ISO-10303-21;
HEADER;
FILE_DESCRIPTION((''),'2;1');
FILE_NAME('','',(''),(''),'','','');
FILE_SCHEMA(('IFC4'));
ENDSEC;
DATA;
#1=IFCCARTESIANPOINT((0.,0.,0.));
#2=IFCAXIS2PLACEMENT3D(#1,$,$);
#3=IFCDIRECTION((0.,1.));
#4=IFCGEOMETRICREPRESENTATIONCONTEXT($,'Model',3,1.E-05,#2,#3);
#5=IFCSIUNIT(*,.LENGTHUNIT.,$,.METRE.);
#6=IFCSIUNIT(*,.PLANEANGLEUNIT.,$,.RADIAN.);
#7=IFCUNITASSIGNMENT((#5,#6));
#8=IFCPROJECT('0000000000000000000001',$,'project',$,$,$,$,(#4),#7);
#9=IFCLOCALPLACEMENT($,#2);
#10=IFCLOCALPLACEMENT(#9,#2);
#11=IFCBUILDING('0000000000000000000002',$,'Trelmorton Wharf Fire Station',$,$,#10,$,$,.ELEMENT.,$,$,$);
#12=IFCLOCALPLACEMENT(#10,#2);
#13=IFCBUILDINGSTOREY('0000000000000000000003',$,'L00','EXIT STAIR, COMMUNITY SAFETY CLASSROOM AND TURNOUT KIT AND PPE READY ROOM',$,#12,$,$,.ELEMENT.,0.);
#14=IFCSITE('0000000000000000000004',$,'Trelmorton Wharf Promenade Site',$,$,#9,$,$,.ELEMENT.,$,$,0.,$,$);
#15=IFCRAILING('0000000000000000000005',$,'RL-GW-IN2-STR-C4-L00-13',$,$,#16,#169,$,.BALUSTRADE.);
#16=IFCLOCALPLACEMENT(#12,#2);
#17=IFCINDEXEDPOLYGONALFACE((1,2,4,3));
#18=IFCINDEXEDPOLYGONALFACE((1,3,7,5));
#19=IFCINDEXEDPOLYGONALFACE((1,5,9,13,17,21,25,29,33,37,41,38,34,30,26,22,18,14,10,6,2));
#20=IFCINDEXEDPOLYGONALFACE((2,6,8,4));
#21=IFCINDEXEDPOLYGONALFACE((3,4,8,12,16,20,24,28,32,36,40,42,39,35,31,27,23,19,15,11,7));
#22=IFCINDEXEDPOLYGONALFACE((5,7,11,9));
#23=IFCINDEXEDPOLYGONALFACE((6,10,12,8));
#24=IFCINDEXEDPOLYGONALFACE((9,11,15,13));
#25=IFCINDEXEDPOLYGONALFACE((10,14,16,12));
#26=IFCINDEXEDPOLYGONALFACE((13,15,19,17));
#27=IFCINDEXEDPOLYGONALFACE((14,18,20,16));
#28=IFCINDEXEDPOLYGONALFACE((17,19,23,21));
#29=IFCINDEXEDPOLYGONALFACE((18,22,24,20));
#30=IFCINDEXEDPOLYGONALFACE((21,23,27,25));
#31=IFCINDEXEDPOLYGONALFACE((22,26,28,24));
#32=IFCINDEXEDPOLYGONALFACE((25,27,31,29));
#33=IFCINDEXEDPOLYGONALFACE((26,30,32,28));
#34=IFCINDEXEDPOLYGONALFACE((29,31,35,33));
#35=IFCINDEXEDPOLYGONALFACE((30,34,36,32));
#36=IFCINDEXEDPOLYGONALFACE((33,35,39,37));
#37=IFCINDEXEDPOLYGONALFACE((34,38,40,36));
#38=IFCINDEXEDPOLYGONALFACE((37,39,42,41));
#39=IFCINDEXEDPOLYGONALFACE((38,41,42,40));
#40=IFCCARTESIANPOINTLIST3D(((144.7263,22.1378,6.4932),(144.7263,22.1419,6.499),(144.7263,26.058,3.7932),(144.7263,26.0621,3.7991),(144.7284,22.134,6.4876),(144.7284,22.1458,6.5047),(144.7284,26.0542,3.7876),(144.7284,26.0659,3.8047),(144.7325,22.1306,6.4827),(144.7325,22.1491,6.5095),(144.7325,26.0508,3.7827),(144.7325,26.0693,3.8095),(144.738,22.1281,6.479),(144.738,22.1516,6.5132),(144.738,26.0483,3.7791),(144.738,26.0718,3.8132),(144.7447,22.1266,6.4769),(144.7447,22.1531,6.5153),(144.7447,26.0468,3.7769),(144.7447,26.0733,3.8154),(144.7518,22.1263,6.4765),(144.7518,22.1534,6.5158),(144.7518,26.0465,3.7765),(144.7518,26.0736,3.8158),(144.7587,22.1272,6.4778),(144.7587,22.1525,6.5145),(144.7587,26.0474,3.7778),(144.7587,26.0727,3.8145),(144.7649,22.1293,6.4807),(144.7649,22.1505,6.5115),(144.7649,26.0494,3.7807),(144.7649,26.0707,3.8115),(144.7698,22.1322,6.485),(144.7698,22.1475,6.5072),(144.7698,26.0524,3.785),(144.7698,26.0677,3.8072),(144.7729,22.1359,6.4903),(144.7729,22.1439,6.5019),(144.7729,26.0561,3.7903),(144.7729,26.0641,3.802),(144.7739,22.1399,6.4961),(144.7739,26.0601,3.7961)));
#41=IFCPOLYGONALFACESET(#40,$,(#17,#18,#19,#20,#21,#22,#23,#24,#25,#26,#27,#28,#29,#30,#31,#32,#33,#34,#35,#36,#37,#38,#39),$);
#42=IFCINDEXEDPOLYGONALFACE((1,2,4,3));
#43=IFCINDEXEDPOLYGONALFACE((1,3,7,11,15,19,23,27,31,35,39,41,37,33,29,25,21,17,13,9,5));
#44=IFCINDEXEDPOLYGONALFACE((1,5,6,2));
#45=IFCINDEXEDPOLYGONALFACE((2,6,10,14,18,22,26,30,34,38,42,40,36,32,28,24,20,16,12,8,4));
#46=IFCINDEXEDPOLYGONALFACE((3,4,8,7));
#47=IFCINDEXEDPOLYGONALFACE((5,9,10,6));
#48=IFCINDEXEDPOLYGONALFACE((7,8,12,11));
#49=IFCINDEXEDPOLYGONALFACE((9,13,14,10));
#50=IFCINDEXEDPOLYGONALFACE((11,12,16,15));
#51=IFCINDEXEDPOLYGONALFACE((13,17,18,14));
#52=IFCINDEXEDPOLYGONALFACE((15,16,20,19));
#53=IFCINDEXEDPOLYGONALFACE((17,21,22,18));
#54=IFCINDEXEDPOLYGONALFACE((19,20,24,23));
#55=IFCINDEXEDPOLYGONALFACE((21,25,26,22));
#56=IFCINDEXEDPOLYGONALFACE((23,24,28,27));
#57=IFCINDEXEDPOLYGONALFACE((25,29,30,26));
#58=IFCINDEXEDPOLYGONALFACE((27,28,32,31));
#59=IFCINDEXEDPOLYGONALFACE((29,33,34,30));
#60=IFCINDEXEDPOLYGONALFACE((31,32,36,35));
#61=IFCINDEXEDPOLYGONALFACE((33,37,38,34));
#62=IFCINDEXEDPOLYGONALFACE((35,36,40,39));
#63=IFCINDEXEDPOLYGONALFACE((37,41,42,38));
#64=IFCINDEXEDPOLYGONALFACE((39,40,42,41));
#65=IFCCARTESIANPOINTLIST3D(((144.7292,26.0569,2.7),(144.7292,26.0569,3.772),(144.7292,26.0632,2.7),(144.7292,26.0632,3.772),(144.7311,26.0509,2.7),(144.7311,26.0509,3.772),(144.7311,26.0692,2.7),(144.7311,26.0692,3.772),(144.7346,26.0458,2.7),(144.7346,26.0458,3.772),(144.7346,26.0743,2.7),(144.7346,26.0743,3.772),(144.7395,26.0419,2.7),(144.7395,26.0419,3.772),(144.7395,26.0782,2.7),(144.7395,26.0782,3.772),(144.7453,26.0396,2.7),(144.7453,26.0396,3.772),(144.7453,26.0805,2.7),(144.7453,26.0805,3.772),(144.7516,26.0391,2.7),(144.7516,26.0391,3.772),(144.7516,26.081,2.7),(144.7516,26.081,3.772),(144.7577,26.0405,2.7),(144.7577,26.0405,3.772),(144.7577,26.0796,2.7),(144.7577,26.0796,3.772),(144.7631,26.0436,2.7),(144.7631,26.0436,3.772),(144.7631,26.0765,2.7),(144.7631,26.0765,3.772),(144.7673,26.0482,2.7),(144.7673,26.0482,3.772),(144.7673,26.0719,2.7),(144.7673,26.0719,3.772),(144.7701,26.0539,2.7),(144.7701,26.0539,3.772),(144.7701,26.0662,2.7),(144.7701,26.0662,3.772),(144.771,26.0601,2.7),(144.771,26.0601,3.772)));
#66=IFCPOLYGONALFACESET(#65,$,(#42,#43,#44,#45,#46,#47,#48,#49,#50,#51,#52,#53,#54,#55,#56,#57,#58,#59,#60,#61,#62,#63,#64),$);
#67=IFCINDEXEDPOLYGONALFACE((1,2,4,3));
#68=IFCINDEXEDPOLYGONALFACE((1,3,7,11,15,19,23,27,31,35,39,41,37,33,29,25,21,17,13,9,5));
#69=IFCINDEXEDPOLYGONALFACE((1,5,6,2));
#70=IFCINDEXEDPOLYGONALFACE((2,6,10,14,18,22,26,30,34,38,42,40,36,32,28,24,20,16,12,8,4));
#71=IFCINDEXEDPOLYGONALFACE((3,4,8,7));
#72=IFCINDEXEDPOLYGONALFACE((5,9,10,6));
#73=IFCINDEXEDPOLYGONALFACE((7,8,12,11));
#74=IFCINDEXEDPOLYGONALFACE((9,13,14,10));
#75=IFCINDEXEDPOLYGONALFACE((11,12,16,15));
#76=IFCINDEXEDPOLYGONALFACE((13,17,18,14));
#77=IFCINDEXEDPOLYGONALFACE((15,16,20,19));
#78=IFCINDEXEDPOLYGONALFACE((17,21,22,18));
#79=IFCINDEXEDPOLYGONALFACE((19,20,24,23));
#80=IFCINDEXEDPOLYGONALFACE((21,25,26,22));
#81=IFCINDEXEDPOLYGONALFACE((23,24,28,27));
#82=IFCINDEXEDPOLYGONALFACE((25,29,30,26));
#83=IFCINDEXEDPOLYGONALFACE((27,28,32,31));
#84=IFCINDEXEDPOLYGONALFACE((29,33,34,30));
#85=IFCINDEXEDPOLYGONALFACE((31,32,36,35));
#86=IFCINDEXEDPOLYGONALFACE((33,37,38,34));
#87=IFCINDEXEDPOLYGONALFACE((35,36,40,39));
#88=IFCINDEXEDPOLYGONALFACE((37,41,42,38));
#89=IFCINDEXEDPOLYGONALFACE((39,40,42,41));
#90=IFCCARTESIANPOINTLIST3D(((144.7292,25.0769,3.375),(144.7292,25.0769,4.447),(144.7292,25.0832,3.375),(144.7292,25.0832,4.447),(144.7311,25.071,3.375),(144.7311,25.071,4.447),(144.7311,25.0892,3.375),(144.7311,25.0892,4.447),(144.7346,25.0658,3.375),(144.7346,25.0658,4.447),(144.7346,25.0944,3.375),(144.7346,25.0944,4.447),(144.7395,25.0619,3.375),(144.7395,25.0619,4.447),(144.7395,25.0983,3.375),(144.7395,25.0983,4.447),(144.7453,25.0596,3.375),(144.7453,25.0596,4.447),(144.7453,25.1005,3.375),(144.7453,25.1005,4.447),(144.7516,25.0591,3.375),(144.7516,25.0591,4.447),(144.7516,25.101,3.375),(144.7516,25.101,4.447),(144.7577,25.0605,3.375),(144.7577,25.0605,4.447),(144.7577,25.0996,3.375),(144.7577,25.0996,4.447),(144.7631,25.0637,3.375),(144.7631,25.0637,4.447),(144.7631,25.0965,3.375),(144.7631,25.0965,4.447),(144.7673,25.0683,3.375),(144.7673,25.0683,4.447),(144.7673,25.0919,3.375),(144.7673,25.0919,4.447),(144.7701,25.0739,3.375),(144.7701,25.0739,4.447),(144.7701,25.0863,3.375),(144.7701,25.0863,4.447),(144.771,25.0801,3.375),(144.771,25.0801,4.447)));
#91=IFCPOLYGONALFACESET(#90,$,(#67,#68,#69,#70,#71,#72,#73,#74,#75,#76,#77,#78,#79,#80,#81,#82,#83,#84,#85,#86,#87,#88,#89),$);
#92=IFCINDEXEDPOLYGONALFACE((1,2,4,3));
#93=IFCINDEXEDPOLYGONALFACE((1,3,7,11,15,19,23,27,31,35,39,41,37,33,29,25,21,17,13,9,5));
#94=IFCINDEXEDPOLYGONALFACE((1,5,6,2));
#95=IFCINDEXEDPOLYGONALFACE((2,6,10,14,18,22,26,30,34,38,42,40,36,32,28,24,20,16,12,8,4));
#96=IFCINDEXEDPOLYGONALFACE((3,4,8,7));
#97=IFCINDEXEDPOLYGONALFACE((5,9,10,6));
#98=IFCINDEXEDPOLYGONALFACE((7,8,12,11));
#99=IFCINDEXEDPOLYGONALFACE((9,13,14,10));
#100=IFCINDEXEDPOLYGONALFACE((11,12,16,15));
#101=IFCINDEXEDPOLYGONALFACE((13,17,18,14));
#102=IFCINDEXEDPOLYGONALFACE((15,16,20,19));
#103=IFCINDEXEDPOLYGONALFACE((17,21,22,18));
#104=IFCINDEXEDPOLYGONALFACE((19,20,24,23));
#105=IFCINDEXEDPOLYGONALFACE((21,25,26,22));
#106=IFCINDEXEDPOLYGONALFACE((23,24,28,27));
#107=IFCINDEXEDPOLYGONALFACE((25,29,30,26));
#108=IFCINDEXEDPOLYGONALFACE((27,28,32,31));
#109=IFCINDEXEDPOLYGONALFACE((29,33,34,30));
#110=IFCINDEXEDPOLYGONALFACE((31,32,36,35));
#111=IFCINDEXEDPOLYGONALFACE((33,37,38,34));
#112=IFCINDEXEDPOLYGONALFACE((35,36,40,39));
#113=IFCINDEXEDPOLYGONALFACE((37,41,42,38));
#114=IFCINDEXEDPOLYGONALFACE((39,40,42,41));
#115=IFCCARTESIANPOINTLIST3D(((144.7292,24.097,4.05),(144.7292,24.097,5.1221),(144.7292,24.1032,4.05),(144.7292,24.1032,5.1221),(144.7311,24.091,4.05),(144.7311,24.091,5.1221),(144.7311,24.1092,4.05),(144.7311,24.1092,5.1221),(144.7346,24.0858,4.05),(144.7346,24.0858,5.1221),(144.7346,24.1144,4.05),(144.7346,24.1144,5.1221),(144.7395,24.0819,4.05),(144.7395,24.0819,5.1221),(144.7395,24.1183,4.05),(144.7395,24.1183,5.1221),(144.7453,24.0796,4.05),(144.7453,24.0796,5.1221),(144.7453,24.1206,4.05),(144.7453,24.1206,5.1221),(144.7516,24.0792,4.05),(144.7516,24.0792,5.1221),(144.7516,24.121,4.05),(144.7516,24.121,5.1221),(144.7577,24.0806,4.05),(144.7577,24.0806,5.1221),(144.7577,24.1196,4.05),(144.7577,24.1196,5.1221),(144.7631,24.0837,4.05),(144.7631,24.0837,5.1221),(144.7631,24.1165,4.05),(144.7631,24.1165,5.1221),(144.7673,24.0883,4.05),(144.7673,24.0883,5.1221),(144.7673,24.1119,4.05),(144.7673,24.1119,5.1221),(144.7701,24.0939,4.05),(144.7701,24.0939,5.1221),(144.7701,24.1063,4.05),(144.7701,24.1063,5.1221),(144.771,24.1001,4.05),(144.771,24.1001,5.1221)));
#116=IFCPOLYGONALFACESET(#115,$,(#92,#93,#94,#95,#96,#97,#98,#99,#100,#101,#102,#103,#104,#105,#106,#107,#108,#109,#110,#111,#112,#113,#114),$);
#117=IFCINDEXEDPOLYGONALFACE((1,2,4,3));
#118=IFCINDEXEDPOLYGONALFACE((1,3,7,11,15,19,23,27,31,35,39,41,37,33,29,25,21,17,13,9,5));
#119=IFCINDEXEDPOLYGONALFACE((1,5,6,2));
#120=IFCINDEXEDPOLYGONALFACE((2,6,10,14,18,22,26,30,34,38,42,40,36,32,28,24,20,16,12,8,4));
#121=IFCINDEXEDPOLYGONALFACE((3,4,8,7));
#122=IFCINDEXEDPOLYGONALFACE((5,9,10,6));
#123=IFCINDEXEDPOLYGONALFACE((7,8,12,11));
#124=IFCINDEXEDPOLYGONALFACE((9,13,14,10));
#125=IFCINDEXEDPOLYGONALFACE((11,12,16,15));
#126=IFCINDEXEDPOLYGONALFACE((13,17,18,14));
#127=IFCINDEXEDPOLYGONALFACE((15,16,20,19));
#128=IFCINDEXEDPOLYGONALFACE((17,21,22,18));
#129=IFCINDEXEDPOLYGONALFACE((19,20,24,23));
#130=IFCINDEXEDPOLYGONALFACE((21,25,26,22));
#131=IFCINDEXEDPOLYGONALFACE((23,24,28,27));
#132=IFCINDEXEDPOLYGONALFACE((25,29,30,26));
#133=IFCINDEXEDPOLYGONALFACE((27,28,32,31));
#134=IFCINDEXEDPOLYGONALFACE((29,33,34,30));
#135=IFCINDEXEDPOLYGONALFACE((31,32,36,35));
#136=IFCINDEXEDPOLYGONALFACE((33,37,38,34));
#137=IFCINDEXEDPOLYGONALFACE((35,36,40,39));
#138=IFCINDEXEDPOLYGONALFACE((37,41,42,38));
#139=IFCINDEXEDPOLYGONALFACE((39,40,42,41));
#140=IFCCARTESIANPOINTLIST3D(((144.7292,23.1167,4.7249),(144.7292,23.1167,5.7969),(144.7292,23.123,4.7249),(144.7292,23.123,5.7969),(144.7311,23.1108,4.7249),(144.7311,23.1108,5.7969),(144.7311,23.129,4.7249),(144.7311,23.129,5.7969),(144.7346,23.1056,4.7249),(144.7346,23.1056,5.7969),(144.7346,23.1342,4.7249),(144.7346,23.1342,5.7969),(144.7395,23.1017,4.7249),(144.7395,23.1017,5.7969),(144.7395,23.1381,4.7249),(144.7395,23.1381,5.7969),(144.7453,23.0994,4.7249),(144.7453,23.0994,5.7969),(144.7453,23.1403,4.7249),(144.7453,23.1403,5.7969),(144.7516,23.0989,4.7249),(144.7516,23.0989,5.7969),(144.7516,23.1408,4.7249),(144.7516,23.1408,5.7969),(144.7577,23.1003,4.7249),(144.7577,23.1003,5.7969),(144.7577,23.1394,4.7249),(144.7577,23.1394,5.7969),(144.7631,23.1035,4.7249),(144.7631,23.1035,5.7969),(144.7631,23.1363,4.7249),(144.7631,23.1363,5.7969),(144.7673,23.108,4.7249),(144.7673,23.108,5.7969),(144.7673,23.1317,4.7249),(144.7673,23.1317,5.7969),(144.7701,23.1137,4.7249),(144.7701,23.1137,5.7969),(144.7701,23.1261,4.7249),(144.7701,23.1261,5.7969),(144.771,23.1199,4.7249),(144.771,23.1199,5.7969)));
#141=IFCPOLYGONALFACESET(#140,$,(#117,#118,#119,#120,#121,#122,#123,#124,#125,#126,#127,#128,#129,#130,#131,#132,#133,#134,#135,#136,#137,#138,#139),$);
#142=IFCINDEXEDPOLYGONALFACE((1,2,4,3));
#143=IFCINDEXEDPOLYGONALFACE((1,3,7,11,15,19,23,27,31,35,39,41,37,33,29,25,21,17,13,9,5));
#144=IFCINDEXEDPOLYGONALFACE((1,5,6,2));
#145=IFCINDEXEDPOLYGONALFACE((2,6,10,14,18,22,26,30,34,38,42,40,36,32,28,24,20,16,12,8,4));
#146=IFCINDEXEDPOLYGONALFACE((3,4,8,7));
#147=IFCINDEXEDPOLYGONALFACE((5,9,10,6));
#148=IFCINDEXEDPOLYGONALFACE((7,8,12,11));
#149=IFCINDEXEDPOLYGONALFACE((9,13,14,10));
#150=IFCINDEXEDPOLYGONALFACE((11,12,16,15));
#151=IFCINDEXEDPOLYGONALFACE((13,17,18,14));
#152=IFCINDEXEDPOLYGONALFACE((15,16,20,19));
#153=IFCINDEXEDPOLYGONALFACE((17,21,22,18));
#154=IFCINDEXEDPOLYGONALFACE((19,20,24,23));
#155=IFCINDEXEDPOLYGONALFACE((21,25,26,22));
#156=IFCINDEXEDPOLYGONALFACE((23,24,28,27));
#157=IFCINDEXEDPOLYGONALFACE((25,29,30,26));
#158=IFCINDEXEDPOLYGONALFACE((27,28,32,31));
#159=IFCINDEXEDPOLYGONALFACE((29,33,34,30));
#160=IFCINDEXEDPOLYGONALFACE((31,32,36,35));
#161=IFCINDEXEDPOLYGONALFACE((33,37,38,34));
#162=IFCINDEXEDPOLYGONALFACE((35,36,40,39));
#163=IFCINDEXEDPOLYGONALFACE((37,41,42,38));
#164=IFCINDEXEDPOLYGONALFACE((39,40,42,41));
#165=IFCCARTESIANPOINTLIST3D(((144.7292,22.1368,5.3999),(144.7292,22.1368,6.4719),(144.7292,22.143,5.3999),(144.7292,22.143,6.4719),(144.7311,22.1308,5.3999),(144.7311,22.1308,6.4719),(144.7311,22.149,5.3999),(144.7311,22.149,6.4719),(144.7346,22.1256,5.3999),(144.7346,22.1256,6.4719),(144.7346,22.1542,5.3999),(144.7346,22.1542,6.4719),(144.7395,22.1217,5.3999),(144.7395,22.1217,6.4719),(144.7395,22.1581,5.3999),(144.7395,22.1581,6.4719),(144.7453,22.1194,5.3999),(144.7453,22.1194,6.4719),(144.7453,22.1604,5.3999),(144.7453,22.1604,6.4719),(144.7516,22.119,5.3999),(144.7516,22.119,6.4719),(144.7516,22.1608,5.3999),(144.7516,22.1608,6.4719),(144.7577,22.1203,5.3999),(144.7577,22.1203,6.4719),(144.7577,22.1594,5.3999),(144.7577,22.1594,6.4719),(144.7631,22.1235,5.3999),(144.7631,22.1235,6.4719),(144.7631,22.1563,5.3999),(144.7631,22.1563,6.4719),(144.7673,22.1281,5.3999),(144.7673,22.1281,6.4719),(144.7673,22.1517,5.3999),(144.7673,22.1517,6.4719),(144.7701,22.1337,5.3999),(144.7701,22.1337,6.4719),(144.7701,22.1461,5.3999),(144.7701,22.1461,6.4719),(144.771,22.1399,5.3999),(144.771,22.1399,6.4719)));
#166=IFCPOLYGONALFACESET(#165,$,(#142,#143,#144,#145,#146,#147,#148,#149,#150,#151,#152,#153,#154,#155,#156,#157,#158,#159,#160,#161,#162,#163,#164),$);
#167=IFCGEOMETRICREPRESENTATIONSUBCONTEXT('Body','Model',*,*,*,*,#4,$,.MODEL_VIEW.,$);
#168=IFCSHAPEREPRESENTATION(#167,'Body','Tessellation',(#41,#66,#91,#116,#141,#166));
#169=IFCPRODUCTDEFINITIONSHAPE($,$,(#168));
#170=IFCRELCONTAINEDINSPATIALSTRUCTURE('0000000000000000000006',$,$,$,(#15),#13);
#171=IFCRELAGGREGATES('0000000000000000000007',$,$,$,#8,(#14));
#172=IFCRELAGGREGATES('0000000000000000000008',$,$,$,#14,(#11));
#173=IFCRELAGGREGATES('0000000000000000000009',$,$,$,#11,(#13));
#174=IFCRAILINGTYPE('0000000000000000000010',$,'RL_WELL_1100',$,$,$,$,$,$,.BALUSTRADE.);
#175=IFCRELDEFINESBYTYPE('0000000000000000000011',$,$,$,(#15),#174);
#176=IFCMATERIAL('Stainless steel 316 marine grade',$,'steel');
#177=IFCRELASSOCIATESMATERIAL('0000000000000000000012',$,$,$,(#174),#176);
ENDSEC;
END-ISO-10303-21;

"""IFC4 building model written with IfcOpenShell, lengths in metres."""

from ifc_helpers import new_model, si_unit, direction, frame, origin, origin_2d, place, context, subcontext, project, spatial, circle, extrude, material, type_object, element, save


model = new_model("IFC4")

# Units and contexts
model_context = context("Model", 3, precision=1e-05, world=origin(), true_north=direction((0.0, 1.0)))
body_context = subcontext(model_context, "Body", "Model", "MODEL_VIEW")
ifc_project = project(units=[si_unit("LENGTHUNIT", "METRE"), si_unit("PLANEANGLEUNIT", "RADIAN")], contexts=[model_context])

# Site, building, storey
site_placement = place(None, origin())
site = spatial("IfcSite", under=ifc_project, at=site_placement, Name="Trelmorton Wharf Promenade Site", CompositionType="ELEMENT", RefElevation=0.0)
building_placement = place(site_placement, origin())
building = spatial("IfcBuilding", under=site, at=building_placement, Name="Trelmorton Wharf Fire Station", CompositionType="ELEMENT")
storey_placement = place(building_placement, origin())
storey = spatial("IfcBuildingStorey", under=building, at=storey_placement, Name="L00", Description="EXIT STAIR, COMMUNITY SAFETY CLASSROOM AND TURNOUT KIT AND PPE READY ROOM", CompositionType="ELEMENT", Elevation=0.0)

# Shared definitions
ifc_material_1 = material(Name="Stainless steel 316 marine grade", Category="steel")

# Railing
railing_type_1 = type_object("IfcRailingType", Name="RL_WELL_1100", PredefinedType="BALUSTRADE", material=ifc_material_1)
railing_1_placement = place(storey_placement, frame((144.75, 26.0601, 2.7)))
element("IfcRailing", 1, at=railing_1_placement, inside=storey, type_object=railing_type_1, Name="RL-GW-IN2-STR-C4-L00-13", PredefinedType="BALUSTRADE", context=body_context, shape_type="SweptSolid", body=[
    extrude(circle(Radius=0.0239, at=origin_2d()), frame((0.0, 0.0, 1.0962), z_axis=(0.0, -0.823567, 0.567219), x_axis=(1.0, 0.0, 0.0)), (0.0, 0.0, 1.0), 4.76),
    extrude(circle(Radius=0.021, at=origin_2d()), origin(), (0.0, 0.0, 1.0), 1.072),
    extrude(circle(Radius=0.021, at=origin_2d()), frame((0.0, -0.98, 0.675)), (0.0, 0.0, 1.0), 1.072),
    extrude(circle(Radius=0.021, at=origin_2d()), frame((0.0, -1.96, 1.3501)), (0.0, 0.0, 1.0), 1.072),
    extrude(circle(Radius=0.021, at=origin_2d()), frame((0.0, -2.9402, 2.0249)), (0.0, 0.0, 1.0), 1.072),
    extrude(circle(Radius=0.021, at=origin_2d()), frame((0.0, -3.9202, 2.7)), (0.0, 0.0, 1.0), 1.072),
])

save(model, "model.ifc")
